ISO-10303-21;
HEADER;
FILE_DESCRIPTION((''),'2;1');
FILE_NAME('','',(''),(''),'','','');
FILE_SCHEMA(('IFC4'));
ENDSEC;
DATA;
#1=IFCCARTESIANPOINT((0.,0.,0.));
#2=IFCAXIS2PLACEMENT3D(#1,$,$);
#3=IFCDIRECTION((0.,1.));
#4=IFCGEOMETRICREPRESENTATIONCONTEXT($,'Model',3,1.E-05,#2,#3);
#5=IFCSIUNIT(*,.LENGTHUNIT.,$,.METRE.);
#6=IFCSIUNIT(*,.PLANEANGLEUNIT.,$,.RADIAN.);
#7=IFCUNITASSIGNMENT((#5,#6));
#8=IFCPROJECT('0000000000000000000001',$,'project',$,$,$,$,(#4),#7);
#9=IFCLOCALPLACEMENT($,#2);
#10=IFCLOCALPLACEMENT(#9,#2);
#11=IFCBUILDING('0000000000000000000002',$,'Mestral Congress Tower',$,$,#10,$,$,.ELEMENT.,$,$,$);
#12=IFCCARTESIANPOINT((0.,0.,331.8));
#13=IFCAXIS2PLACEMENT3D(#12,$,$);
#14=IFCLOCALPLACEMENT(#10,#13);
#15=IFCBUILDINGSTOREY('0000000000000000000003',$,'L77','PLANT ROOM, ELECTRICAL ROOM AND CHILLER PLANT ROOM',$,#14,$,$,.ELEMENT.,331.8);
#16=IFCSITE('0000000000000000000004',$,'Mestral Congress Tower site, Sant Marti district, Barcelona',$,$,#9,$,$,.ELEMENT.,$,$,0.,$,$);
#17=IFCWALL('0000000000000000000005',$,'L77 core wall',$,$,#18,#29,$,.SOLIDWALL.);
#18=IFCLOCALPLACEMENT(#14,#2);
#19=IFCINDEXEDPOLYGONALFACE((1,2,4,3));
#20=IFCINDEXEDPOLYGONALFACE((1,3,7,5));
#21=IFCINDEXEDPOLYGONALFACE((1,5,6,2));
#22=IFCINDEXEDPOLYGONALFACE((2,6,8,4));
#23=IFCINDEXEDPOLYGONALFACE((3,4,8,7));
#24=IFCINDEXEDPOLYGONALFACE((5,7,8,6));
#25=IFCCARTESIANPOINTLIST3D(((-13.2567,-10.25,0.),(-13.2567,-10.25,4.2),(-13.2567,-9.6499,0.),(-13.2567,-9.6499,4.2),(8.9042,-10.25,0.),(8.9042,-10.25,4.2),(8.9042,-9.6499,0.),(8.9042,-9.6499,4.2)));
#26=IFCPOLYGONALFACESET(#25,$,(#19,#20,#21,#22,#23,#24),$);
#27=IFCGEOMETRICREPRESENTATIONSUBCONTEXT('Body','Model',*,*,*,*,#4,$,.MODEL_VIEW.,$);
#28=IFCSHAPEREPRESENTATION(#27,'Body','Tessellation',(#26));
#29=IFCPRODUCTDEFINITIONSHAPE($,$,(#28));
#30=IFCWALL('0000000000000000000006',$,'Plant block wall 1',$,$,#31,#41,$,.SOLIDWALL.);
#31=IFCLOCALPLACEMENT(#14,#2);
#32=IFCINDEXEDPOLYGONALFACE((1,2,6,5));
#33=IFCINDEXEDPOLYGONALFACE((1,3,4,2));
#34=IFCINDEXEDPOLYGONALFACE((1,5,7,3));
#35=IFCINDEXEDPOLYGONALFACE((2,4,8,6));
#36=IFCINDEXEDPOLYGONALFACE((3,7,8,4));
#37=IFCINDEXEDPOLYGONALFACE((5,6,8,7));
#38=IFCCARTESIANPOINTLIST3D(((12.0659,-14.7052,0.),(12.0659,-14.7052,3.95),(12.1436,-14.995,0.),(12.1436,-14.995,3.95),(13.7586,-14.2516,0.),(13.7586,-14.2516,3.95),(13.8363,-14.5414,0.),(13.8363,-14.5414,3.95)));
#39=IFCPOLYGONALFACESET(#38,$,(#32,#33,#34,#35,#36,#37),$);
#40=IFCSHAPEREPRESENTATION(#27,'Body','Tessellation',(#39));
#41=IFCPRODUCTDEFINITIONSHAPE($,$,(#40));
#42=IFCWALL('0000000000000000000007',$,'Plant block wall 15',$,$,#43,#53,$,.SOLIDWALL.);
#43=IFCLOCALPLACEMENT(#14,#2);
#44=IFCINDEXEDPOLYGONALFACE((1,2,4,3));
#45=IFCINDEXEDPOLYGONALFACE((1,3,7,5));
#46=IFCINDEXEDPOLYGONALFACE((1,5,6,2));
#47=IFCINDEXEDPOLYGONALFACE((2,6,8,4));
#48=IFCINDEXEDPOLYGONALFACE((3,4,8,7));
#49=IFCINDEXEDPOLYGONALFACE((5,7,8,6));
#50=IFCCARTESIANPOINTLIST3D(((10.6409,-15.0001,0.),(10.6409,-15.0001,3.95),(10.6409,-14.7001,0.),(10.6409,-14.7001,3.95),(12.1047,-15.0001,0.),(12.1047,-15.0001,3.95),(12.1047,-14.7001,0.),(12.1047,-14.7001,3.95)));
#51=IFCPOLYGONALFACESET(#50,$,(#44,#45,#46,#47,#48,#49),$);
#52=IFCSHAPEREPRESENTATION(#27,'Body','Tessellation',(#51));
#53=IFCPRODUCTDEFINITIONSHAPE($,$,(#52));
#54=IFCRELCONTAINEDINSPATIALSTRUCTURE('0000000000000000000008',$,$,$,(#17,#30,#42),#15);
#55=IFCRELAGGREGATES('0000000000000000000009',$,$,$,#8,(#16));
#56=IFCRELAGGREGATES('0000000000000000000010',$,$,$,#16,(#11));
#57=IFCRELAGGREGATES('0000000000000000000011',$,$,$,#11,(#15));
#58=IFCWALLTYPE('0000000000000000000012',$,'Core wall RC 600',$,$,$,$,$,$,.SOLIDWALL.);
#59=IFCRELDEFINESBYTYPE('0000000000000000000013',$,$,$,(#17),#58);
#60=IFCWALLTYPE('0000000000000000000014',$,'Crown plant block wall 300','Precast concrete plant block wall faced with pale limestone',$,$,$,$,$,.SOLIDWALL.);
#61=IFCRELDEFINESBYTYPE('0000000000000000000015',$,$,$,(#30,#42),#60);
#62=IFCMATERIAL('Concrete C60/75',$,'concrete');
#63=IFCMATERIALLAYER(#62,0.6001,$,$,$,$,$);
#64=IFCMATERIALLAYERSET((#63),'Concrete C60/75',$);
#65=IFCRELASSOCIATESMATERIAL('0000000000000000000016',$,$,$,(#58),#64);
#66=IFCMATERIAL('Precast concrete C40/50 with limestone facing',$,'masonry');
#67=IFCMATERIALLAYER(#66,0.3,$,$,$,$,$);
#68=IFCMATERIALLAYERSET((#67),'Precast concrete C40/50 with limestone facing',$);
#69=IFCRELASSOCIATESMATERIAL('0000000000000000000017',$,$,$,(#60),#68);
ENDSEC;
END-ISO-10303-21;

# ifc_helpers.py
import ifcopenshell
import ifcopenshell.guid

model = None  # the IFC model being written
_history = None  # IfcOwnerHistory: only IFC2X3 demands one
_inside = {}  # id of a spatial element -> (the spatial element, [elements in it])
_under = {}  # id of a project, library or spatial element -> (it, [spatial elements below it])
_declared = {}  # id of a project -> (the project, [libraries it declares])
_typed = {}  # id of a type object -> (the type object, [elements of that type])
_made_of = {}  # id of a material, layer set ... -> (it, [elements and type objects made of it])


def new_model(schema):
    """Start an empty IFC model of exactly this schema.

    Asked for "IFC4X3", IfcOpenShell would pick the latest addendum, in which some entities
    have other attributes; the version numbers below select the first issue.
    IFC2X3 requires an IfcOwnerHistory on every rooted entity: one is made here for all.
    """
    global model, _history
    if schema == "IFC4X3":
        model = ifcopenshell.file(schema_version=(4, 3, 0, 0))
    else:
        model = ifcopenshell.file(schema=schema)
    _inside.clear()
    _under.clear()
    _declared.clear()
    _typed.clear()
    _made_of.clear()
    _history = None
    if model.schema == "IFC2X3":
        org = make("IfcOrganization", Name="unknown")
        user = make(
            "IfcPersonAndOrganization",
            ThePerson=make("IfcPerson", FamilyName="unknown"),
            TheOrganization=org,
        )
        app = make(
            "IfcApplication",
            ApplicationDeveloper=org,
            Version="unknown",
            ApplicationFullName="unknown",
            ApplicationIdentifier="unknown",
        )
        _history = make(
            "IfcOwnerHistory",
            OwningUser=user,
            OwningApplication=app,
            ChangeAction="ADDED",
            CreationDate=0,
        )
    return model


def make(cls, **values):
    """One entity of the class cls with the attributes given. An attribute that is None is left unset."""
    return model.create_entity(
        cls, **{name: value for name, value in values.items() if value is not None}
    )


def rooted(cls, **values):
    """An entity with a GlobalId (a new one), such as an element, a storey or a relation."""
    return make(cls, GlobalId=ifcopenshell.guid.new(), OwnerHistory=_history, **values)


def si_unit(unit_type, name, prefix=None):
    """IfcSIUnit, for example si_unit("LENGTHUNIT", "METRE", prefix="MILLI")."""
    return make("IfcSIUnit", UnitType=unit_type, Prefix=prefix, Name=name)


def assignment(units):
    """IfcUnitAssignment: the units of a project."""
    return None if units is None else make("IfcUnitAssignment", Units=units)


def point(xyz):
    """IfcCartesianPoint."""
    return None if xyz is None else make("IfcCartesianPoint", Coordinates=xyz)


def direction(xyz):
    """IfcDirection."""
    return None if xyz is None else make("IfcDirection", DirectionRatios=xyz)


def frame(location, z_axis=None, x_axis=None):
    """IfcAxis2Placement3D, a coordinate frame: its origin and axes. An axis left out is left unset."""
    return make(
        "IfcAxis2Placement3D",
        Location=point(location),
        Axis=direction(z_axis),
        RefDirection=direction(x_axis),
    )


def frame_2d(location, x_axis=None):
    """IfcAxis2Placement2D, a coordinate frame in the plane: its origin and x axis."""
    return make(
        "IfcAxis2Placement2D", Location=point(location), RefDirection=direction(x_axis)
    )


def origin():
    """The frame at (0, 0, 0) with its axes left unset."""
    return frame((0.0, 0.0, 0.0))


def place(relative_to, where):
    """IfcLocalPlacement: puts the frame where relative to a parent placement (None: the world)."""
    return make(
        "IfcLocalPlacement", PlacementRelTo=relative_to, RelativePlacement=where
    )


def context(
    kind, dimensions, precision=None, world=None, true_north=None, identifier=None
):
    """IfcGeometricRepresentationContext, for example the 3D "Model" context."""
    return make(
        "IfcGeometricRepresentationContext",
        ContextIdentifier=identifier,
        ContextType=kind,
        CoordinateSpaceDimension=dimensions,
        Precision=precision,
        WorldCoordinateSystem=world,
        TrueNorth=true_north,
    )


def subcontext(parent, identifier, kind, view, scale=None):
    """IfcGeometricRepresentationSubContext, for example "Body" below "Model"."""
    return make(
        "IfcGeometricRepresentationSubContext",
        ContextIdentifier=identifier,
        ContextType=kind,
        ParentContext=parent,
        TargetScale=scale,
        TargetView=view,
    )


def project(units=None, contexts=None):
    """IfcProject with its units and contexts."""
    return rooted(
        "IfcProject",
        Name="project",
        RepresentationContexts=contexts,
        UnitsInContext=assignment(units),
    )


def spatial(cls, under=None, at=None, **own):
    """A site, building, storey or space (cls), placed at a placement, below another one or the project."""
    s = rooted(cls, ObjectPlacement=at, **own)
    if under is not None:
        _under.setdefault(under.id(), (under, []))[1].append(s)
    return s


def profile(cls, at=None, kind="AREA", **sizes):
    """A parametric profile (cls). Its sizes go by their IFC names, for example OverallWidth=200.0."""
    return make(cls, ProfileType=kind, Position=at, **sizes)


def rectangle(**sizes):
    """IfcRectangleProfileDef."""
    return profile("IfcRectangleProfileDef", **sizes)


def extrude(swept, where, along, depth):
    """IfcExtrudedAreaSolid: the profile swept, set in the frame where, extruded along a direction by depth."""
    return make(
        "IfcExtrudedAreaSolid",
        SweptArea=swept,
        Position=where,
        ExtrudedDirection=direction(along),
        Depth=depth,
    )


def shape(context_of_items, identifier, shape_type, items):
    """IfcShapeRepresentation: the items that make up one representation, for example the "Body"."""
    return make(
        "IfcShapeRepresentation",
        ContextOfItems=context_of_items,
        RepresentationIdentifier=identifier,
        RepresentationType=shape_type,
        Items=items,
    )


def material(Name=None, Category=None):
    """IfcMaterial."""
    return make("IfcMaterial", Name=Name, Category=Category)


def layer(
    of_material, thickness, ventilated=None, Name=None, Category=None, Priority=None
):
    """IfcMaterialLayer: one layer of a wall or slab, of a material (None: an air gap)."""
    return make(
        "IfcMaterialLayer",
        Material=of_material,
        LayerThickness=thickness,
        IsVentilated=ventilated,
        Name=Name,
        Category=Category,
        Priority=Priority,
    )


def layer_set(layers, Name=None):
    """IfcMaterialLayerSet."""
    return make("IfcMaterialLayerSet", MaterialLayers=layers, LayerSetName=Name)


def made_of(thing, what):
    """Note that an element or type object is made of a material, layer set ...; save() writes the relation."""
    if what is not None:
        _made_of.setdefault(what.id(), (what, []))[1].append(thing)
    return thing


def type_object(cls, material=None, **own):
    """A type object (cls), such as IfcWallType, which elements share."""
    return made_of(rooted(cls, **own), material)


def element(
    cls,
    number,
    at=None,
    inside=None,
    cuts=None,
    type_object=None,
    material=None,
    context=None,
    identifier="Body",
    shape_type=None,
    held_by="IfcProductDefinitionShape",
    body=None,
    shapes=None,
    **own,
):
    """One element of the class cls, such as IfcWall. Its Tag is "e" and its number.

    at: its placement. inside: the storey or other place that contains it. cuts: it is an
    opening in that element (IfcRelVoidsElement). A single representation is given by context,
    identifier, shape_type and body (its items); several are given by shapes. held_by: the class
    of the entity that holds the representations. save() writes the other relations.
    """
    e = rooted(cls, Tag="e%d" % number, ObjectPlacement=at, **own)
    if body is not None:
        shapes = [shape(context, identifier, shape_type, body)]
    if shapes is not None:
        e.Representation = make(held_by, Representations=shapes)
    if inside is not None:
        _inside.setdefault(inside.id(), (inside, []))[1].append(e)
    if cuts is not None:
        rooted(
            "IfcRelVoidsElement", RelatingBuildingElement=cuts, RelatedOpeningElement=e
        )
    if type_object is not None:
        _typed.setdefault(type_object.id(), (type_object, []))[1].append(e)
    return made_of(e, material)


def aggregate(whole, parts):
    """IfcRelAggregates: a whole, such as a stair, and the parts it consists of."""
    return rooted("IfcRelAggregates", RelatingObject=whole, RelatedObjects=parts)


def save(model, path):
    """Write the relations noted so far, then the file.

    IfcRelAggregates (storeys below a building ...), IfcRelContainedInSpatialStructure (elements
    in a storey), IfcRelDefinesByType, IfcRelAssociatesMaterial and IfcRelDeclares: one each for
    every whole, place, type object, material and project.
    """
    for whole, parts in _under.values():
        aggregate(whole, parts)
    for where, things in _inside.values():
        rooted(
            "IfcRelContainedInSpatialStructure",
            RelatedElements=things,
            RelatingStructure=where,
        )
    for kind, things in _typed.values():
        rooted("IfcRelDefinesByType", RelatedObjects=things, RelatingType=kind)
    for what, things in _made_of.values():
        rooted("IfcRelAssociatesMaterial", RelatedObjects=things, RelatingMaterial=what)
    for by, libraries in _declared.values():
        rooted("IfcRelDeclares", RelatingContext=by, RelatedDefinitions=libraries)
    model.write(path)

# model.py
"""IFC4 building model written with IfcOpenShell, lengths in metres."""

from ifc_helpers import new_model, si_unit, direction, frame, frame_2d, origin, place, context, subcontext, project, spatial, rectangle, extrude, material, layer, layer_set, type_object, element, save


model = new_model("IFC4")

# Units and contexts
model_context = context("Model", 3, precision=1e-05, world=origin(), true_north=direction((0.0, 1.0)))
body_context = subcontext(model_context, "Body", "Model", "MODEL_VIEW")
ifc_project = project(units=[si_unit("LENGTHUNIT", "METRE"), si_unit("PLANEANGLEUNIT", "RADIAN")], contexts=[model_context])

# Site, building, storey
site_placement = place(None, origin())
site = spatial("IfcSite", under=ifc_project, at=site_placement, Name="Mestral Congress Tower site, Sant Marti district, Barcelona", CompositionType="ELEMENT", RefElevation=0.0)
building_placement = place(site_placement, origin())
building = spatial("IfcBuilding", under=site, at=building_placement, Name="Mestral Congress Tower", CompositionType="ELEMENT")
storey_placement = place(building_placement, frame((0.0, 0.0, 331.8)))
storey = spatial("IfcBuildingStorey", under=building, at=storey_placement, Name="L77", Description="PLANT ROOM, ELECTRICAL ROOM AND CHILLER PLANT ROOM", CompositionType="ELEMENT", Elevation=331.8)

# Walls
ifc_material_1 = material(Name="Concrete C60/75", Category="concrete")
ifc_layer_1 = layer(ifc_material_1, 0.6001)
ifc_layer_set_1 = layer_set([ifc_layer_1], Name="Concrete C60/75")
wall_type_1 = type_object("IfcWallType", Name="Core wall RC 600", PredefinedType="SOLIDWALL", material=ifc_layer_set_1)
wall_1_placement = place(storey_placement, frame((8.9043, -9.95, 0.0), z_axis=(0.0, 0.0, 1.0), x_axis=(-1.0, 0.0, 0.0)))
element("IfcWall", 1, at=wall_1_placement, inside=storey, type_object=wall_type_1, Name="L77 core wall", PredefinedType="SOLIDWALL", context=body_context, shape_type="SweptSolid", body=[
    extrude(rectangle(XDim=22.1609, YDim=0.6001, at=frame_2d((11.0806, 0.0))), origin(), (0.0, 0.0, 1.0), 4.2),
])
ifc_material_2 = material(Name="Precast concrete C40/50 with limestone facing", Category="masonry")
ifc_layer_2 = layer(ifc_material_2, 0.3)
ifc_layer_set_2 = layer_set([ifc_layer_2], Name="Precast concrete C40/50 with limestone facing")
wall_type_2 = type_object("IfcWallType", Name="Crown plant block wall 300", Description="Precast concrete plant block wall faced with pale limestone", PredefinedType="SOLIDWALL", material=ifc_layer_set_2)
wall_2_placement = place(storey_placement, frame((12.1047, -14.8501, 0.0), z_axis=(0.0, 0.0, 1.0), x_axis=(0.965915, 0.258859, 0.0)))
element("IfcWall", 2, at=wall_2_placement, inside=storey, type_object=wall_type_2, Name="Plant block wall 1", PredefinedType="SOLIDWALL", context=body_context, shape_type="SweptSolid", body=[
    extrude(rectangle(XDim=1.7524, YDim=0.3, at=frame_2d((0.8762, 0.0))), origin(), (0.0, 0.0, 1.0), 3.95),
])
wall_3_placement = place(storey_placement, frame((10.6409, -14.8501, 0.0), z_axis=(0.0, 0.0, 1.0), x_axis=(1.0, 0.0, 0.0)))
element("IfcWall", 3, at=wall_3_placement, inside=storey, type_object=wall_type_2, Name="Plant block wall 15", PredefinedType="SOLIDWALL", context=body_context, shape_type="SweptSolid", body=[
    extrude(rectangle(XDim=1.4639, YDim=0.3, at=frame_2d((0.7319, 0.0))), origin(), (0.0, 0.0, 1.0), 3.95),
])

save(model, "model.ifc")
